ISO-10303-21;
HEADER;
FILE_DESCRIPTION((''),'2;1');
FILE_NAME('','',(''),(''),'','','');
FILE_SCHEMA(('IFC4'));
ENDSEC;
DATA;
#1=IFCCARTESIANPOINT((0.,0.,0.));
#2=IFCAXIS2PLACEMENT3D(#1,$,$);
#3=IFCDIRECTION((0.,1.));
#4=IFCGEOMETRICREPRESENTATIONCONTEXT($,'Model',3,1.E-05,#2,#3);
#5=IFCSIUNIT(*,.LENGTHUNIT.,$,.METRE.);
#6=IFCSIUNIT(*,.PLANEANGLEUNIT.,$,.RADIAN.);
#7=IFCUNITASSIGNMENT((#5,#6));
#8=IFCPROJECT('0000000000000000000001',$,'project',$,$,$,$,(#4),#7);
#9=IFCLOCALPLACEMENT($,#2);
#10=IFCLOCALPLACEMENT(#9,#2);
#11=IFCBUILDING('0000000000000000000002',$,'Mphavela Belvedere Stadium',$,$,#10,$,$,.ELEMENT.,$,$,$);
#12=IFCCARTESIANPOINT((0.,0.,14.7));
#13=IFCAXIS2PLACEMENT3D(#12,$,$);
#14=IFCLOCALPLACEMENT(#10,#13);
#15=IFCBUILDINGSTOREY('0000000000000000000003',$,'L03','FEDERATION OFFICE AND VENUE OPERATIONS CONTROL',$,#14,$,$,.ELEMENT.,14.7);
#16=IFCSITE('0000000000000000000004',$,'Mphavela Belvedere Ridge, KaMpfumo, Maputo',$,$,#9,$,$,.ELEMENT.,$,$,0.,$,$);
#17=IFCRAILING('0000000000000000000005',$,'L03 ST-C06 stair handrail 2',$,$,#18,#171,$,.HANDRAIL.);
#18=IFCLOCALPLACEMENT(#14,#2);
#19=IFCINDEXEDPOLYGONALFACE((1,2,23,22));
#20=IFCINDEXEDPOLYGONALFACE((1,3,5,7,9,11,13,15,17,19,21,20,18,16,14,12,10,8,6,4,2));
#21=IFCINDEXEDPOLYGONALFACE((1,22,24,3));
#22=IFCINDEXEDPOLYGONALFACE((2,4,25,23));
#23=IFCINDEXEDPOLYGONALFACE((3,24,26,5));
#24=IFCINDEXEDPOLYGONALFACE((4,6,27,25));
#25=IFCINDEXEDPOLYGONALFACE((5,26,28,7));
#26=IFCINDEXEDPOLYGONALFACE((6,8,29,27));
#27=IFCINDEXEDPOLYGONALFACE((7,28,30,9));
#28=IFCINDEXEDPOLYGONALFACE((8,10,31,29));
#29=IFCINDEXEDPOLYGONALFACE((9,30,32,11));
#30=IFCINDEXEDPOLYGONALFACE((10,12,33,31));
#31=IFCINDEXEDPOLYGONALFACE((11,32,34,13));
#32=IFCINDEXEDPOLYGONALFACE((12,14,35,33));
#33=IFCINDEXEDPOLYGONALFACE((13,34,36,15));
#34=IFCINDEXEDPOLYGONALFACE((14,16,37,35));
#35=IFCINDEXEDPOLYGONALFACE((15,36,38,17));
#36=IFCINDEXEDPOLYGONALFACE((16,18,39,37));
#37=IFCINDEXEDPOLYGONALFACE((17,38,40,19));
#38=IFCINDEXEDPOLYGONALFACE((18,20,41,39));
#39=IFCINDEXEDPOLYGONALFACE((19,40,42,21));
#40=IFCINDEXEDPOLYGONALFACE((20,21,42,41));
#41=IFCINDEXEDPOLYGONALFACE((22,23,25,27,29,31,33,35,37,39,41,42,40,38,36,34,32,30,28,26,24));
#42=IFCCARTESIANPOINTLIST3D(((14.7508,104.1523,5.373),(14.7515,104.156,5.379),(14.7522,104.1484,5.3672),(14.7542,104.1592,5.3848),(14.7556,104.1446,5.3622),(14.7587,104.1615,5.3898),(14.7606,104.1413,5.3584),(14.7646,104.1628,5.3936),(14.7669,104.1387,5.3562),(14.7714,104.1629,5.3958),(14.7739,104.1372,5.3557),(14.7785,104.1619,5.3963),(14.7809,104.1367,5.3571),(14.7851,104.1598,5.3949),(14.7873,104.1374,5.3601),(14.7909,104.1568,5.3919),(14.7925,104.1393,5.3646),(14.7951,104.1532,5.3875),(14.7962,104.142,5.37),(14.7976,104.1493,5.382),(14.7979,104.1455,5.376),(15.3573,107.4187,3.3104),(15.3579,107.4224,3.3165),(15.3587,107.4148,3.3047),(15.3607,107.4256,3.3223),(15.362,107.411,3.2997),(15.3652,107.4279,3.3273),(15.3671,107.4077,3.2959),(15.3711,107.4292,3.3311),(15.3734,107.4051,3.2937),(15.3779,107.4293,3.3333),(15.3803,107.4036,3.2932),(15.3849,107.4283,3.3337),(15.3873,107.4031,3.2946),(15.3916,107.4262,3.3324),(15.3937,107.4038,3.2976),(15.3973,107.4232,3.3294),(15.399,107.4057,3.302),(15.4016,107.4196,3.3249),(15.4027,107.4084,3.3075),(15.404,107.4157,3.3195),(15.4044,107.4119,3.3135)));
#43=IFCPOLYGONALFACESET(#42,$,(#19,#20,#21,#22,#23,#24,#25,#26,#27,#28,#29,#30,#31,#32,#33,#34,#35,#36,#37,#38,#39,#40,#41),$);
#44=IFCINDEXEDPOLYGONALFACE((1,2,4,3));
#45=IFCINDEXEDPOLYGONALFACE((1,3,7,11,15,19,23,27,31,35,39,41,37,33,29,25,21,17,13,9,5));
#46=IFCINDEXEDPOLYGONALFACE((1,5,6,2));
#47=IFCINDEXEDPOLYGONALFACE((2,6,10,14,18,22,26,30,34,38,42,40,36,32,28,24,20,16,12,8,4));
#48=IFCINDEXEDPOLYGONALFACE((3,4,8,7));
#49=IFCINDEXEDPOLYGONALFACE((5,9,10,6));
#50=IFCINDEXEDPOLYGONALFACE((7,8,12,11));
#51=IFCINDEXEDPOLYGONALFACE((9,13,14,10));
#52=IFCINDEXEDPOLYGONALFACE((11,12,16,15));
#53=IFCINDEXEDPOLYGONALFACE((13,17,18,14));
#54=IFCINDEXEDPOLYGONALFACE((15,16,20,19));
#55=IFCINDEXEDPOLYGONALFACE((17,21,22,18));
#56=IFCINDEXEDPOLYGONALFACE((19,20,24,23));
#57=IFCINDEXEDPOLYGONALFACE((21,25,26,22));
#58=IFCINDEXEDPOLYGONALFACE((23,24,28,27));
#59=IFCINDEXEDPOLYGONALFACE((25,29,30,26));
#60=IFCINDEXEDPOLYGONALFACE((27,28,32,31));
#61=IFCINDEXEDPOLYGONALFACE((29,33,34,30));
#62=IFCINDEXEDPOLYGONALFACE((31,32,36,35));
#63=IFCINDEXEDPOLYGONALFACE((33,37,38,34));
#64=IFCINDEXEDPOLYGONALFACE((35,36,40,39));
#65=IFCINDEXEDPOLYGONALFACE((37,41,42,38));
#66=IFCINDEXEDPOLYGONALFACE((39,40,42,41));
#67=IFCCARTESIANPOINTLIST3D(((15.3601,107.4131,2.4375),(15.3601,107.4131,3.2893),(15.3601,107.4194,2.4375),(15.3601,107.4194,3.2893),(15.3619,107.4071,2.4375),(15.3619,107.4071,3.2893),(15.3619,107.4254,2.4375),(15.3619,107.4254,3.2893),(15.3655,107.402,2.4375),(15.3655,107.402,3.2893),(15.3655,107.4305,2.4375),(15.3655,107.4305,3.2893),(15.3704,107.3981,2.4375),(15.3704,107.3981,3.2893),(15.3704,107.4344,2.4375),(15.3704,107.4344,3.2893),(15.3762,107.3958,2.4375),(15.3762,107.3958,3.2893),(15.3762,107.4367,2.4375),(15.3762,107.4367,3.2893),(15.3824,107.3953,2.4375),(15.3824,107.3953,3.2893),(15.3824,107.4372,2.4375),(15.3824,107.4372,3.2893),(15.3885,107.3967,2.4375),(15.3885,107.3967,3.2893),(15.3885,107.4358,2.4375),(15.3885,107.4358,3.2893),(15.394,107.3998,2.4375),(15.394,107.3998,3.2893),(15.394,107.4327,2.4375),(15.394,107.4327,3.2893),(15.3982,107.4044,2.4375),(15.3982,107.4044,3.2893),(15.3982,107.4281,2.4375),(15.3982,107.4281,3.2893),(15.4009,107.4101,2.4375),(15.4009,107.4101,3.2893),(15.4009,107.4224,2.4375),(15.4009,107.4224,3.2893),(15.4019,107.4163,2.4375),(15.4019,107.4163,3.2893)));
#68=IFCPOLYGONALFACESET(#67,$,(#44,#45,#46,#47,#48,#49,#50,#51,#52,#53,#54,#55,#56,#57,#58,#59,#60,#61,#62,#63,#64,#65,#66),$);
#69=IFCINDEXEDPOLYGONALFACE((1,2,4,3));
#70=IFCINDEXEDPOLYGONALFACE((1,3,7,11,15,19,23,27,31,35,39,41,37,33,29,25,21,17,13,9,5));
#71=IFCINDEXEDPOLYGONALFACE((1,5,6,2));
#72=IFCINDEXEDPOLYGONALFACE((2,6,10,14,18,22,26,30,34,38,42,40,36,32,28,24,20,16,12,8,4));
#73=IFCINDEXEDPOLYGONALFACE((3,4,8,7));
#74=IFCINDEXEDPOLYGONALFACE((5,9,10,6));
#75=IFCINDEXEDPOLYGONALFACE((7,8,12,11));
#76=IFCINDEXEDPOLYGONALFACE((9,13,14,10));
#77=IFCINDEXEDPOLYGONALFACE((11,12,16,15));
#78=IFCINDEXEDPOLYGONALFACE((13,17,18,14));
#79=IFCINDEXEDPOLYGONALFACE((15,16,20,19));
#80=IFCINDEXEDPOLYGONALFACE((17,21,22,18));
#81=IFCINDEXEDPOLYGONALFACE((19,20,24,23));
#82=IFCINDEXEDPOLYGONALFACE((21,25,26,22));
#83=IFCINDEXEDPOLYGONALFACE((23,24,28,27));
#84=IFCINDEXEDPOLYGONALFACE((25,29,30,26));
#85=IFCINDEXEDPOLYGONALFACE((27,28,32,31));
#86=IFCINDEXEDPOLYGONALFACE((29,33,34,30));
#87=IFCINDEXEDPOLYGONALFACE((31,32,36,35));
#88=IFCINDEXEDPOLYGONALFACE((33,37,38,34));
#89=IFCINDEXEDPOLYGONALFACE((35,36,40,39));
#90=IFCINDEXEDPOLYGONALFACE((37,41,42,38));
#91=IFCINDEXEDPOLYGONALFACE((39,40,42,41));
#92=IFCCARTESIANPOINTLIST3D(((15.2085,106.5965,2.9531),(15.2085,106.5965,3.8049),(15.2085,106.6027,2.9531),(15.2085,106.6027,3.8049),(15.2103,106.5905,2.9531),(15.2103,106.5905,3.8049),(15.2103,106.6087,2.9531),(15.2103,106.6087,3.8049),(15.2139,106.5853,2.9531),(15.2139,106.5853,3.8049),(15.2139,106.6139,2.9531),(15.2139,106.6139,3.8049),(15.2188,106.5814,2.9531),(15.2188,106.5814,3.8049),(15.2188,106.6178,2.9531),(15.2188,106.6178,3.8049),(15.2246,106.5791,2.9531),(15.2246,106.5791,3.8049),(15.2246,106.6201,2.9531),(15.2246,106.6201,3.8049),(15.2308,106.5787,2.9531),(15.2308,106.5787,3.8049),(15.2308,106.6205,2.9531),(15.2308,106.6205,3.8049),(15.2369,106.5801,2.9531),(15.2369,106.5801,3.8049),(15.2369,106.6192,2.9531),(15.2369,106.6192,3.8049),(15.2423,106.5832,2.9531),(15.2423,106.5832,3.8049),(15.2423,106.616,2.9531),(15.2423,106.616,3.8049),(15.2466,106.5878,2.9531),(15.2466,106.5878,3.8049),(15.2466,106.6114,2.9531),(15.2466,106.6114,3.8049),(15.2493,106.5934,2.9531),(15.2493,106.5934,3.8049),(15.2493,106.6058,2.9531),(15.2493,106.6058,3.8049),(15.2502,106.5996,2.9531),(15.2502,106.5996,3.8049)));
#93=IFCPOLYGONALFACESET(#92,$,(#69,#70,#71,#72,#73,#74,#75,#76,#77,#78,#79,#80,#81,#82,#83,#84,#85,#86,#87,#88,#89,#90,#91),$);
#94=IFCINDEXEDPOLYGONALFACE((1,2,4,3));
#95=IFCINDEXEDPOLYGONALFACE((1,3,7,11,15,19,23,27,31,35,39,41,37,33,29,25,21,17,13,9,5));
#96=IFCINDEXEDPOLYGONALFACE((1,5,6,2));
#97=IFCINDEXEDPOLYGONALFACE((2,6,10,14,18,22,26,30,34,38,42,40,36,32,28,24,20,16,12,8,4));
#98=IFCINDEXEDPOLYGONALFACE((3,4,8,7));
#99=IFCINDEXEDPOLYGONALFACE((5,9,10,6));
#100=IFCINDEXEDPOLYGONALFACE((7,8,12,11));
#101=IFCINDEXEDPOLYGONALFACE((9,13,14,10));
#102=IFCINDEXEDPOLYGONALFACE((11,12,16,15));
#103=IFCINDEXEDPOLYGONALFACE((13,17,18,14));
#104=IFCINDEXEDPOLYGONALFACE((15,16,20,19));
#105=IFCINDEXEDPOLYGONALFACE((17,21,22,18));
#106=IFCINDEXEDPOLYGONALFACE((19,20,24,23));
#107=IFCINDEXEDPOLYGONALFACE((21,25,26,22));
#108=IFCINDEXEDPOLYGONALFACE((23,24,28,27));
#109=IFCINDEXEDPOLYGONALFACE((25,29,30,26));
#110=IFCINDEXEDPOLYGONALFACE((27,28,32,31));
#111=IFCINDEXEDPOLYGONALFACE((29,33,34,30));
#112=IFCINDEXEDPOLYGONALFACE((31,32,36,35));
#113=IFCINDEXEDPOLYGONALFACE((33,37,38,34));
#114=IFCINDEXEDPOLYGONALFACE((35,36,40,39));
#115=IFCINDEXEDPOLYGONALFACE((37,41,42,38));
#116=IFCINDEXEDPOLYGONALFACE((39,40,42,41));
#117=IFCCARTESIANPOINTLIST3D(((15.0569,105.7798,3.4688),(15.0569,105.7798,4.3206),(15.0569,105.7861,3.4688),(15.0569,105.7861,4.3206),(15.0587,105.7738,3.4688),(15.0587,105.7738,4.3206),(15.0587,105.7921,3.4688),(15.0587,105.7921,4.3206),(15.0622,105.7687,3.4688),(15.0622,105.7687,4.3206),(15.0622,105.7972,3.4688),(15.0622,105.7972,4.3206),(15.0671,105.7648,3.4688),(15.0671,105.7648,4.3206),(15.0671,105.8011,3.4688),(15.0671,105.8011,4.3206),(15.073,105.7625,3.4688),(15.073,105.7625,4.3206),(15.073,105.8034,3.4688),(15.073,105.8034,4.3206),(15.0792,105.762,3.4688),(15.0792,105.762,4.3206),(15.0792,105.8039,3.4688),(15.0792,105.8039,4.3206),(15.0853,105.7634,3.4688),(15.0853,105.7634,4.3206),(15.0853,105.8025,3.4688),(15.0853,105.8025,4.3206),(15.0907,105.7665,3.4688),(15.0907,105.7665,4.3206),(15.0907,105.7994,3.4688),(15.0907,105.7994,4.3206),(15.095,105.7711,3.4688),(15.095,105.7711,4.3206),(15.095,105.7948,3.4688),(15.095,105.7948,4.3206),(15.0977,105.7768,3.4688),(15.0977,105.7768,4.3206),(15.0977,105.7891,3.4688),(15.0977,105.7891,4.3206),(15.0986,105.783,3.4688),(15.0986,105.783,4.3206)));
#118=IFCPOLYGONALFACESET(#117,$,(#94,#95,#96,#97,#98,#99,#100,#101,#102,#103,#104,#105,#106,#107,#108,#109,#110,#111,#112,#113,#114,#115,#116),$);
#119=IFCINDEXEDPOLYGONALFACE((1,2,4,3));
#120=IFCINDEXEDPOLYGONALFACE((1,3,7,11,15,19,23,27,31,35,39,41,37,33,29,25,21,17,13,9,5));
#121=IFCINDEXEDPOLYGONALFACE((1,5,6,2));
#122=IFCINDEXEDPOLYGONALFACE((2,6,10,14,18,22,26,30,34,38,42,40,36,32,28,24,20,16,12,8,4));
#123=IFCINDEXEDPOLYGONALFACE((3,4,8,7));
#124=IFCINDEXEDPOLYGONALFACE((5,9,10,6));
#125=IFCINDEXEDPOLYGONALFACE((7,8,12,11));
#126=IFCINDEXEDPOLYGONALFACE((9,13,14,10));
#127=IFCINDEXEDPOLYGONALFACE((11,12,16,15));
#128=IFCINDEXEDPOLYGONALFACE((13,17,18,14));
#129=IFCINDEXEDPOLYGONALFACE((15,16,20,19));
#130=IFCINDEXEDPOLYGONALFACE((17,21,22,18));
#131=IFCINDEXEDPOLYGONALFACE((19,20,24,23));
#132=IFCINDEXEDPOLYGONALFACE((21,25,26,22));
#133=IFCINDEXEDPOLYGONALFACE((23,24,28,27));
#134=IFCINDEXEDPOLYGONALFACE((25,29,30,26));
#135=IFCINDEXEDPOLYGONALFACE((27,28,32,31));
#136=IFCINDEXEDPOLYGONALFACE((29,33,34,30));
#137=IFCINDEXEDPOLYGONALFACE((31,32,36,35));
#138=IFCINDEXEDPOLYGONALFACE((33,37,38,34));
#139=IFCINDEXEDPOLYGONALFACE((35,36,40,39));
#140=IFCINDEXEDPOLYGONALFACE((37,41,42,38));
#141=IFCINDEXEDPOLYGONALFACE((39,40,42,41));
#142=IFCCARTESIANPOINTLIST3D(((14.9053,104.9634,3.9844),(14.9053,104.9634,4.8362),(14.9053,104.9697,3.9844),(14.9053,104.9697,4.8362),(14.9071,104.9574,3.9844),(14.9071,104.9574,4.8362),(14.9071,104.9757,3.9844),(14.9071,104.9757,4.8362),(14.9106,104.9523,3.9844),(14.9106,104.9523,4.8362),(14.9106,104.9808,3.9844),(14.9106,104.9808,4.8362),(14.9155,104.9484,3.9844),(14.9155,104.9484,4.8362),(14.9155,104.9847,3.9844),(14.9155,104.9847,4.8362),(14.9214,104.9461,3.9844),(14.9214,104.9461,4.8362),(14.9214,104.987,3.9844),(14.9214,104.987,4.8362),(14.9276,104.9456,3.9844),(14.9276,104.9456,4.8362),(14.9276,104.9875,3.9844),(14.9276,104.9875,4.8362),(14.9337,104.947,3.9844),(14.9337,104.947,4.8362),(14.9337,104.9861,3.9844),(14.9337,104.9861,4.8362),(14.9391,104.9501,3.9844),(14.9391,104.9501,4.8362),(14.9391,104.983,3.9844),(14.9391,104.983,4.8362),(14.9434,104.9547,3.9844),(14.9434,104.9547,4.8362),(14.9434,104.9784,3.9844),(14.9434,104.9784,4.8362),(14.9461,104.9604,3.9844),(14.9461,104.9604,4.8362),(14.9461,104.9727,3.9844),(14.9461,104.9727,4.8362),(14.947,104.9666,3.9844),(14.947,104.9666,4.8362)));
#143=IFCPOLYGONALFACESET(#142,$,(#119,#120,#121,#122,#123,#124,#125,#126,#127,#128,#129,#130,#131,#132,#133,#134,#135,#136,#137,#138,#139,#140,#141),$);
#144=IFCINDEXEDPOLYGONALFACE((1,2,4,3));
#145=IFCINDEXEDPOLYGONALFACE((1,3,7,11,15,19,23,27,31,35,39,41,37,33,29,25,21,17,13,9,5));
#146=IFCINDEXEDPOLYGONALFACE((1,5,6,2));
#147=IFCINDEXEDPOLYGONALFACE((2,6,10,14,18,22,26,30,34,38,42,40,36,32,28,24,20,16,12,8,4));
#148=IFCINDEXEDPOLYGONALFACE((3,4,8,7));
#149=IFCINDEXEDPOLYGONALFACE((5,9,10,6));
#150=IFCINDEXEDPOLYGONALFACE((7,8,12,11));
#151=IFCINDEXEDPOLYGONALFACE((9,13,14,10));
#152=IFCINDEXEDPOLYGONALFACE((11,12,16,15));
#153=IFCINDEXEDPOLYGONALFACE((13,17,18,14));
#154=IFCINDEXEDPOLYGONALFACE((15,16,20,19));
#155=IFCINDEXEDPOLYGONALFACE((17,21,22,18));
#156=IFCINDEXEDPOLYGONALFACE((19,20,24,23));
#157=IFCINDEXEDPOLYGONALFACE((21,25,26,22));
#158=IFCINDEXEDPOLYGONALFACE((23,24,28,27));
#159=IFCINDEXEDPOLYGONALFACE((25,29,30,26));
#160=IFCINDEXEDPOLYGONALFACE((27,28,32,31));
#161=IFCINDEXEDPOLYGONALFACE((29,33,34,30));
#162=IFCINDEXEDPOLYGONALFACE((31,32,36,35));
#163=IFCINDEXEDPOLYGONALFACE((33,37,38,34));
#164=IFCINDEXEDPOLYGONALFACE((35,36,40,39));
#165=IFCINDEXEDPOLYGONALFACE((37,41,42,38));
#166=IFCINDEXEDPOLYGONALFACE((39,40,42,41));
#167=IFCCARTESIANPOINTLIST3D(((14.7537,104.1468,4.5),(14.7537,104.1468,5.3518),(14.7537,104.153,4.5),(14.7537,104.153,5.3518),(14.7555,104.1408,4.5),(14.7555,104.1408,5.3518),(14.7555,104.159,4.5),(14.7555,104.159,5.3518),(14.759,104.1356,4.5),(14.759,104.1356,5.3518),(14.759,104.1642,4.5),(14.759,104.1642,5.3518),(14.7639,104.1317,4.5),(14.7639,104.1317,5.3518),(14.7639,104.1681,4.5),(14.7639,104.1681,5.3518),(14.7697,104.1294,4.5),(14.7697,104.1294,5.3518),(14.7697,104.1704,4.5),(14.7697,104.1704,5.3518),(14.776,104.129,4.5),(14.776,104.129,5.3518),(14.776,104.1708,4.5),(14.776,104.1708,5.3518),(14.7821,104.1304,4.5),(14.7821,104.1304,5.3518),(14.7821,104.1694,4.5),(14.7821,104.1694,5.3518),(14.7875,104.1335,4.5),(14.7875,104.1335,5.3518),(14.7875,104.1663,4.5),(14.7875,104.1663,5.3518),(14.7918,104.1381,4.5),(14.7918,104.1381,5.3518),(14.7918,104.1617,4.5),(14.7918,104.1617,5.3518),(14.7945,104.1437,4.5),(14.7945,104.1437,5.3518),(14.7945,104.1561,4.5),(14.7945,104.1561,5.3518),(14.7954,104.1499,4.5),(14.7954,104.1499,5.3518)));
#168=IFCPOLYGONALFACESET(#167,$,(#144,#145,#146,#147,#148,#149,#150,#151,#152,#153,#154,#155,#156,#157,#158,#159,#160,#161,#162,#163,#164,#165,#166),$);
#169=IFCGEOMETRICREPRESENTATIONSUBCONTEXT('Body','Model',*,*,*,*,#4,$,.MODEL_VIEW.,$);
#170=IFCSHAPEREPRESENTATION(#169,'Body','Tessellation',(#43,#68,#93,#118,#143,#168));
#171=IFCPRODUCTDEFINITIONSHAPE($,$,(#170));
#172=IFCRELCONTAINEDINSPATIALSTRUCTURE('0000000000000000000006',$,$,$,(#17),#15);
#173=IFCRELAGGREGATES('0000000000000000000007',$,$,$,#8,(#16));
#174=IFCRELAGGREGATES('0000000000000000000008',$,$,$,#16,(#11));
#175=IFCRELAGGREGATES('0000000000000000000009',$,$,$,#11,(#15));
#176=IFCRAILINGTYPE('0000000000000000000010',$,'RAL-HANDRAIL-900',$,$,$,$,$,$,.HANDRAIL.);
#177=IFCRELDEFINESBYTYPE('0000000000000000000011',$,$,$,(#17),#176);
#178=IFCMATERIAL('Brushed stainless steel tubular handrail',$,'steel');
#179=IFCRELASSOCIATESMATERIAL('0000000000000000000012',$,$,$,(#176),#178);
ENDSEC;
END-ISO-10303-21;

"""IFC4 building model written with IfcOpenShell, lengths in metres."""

from ifc_helpers import new_model, si_unit, direction, frame, origin, origin_2d, place, context, subcontext, project, spatial, circle, extrude, material, type_object, element, save


model = new_model("IFC4")

# Units and contexts
model_context = context("Model", 3, precision=1e-05, world=origin(), true_north=direction((0.0, 1.0)))
body_context = subcontext(model_context, "Body", "Model", "MODEL_VIEW")
ifc_project = project(units=[si_unit("LENGTHUNIT", "METRE"), si_unit("PLANEANGLEUNIT", "RADIAN")], contexts=[model_context])

# Site, building, storey
site_placement = place(None, origin())
site = spatial("IfcSite", under=ifc_project, at=site_placement, Name="Mphavela Belvedere Ridge, KaMpfumo, Maputo", CompositionType="ELEMENT", RefElevation=0.0)
building_placement = place(site_placement, origin())
building = spatial("IfcBuilding", under=site, at=building_placement, Name="Mphavela Belvedere Stadium", CompositionType="ELEMENT")
storey_placement = place(building_placement, frame((0.0, 0.0, 14.7)))
storey = spatial("IfcBuildingStorey", under=building, at=storey_placement, Name="L03", Description="FEDERATION OFFICE AND VENUE OPERATIONS CONTROL", CompositionType="ELEMENT", Elevation=14.7)

# Railing
ifc_material_1 = material(Name="Brushed stainless steel tubular handrail", Category="steel")
railing_type_1 = type_object("IfcRailingType", Name="RAL-HANDRAIL-900", PredefinedType="HANDRAIL", material=ifc_material_1)
railing_1_placement = place(storey_placement, frame((15.3809, 107.4163, 2.4375)))
element("IfcRailing", 1, at=railing_1_placement, inside=storey, type_object=railing_type_1, Name="L03 ST-C06 stair handrail 2", PredefinedType="HANDRAIL", context=body_context, shape_type="SweptSolid", body=[
    extrude(circle(Radius=0.0239, at=origin_2d()), frame((0.0, 0.0, 0.876), z_axis=(-0.155088, -0.835313, 0.527447), x_axis=(0.983198, -0.182544, 0.0)), (0.0, 0.0, 1.0), 3.9104),
    extrude(circle(Radius=0.021, at=origin_2d()), origin(), (0.0, 0.0, 1.0), 0.8518),
    extrude(circle(Radius=0.021, at=origin_2d()), frame((-0.1516, -0.8167, 0.5156)), (0.0, 0.0, 1.0), 0.8518),
    extrude(circle(Radius=0.021, at=origin_2d()), frame((-0.3032, -1.6333, 1.0312)), (0.0, 0.0, 1.0), 0.8518),
    extrude(circle(Radius=0.021, at=origin_2d()), frame((-0.4548, -2.4497, 1.5469)), (0.0, 0.0, 1.0), 0.8518),
    extrude(circle(Radius=0.021, at=origin_2d()), frame((-0.6064, -3.2664, 2.0625)), (0.0, 0.0, 1.0), 0.8518),
])

save(model, "model.ifc")
